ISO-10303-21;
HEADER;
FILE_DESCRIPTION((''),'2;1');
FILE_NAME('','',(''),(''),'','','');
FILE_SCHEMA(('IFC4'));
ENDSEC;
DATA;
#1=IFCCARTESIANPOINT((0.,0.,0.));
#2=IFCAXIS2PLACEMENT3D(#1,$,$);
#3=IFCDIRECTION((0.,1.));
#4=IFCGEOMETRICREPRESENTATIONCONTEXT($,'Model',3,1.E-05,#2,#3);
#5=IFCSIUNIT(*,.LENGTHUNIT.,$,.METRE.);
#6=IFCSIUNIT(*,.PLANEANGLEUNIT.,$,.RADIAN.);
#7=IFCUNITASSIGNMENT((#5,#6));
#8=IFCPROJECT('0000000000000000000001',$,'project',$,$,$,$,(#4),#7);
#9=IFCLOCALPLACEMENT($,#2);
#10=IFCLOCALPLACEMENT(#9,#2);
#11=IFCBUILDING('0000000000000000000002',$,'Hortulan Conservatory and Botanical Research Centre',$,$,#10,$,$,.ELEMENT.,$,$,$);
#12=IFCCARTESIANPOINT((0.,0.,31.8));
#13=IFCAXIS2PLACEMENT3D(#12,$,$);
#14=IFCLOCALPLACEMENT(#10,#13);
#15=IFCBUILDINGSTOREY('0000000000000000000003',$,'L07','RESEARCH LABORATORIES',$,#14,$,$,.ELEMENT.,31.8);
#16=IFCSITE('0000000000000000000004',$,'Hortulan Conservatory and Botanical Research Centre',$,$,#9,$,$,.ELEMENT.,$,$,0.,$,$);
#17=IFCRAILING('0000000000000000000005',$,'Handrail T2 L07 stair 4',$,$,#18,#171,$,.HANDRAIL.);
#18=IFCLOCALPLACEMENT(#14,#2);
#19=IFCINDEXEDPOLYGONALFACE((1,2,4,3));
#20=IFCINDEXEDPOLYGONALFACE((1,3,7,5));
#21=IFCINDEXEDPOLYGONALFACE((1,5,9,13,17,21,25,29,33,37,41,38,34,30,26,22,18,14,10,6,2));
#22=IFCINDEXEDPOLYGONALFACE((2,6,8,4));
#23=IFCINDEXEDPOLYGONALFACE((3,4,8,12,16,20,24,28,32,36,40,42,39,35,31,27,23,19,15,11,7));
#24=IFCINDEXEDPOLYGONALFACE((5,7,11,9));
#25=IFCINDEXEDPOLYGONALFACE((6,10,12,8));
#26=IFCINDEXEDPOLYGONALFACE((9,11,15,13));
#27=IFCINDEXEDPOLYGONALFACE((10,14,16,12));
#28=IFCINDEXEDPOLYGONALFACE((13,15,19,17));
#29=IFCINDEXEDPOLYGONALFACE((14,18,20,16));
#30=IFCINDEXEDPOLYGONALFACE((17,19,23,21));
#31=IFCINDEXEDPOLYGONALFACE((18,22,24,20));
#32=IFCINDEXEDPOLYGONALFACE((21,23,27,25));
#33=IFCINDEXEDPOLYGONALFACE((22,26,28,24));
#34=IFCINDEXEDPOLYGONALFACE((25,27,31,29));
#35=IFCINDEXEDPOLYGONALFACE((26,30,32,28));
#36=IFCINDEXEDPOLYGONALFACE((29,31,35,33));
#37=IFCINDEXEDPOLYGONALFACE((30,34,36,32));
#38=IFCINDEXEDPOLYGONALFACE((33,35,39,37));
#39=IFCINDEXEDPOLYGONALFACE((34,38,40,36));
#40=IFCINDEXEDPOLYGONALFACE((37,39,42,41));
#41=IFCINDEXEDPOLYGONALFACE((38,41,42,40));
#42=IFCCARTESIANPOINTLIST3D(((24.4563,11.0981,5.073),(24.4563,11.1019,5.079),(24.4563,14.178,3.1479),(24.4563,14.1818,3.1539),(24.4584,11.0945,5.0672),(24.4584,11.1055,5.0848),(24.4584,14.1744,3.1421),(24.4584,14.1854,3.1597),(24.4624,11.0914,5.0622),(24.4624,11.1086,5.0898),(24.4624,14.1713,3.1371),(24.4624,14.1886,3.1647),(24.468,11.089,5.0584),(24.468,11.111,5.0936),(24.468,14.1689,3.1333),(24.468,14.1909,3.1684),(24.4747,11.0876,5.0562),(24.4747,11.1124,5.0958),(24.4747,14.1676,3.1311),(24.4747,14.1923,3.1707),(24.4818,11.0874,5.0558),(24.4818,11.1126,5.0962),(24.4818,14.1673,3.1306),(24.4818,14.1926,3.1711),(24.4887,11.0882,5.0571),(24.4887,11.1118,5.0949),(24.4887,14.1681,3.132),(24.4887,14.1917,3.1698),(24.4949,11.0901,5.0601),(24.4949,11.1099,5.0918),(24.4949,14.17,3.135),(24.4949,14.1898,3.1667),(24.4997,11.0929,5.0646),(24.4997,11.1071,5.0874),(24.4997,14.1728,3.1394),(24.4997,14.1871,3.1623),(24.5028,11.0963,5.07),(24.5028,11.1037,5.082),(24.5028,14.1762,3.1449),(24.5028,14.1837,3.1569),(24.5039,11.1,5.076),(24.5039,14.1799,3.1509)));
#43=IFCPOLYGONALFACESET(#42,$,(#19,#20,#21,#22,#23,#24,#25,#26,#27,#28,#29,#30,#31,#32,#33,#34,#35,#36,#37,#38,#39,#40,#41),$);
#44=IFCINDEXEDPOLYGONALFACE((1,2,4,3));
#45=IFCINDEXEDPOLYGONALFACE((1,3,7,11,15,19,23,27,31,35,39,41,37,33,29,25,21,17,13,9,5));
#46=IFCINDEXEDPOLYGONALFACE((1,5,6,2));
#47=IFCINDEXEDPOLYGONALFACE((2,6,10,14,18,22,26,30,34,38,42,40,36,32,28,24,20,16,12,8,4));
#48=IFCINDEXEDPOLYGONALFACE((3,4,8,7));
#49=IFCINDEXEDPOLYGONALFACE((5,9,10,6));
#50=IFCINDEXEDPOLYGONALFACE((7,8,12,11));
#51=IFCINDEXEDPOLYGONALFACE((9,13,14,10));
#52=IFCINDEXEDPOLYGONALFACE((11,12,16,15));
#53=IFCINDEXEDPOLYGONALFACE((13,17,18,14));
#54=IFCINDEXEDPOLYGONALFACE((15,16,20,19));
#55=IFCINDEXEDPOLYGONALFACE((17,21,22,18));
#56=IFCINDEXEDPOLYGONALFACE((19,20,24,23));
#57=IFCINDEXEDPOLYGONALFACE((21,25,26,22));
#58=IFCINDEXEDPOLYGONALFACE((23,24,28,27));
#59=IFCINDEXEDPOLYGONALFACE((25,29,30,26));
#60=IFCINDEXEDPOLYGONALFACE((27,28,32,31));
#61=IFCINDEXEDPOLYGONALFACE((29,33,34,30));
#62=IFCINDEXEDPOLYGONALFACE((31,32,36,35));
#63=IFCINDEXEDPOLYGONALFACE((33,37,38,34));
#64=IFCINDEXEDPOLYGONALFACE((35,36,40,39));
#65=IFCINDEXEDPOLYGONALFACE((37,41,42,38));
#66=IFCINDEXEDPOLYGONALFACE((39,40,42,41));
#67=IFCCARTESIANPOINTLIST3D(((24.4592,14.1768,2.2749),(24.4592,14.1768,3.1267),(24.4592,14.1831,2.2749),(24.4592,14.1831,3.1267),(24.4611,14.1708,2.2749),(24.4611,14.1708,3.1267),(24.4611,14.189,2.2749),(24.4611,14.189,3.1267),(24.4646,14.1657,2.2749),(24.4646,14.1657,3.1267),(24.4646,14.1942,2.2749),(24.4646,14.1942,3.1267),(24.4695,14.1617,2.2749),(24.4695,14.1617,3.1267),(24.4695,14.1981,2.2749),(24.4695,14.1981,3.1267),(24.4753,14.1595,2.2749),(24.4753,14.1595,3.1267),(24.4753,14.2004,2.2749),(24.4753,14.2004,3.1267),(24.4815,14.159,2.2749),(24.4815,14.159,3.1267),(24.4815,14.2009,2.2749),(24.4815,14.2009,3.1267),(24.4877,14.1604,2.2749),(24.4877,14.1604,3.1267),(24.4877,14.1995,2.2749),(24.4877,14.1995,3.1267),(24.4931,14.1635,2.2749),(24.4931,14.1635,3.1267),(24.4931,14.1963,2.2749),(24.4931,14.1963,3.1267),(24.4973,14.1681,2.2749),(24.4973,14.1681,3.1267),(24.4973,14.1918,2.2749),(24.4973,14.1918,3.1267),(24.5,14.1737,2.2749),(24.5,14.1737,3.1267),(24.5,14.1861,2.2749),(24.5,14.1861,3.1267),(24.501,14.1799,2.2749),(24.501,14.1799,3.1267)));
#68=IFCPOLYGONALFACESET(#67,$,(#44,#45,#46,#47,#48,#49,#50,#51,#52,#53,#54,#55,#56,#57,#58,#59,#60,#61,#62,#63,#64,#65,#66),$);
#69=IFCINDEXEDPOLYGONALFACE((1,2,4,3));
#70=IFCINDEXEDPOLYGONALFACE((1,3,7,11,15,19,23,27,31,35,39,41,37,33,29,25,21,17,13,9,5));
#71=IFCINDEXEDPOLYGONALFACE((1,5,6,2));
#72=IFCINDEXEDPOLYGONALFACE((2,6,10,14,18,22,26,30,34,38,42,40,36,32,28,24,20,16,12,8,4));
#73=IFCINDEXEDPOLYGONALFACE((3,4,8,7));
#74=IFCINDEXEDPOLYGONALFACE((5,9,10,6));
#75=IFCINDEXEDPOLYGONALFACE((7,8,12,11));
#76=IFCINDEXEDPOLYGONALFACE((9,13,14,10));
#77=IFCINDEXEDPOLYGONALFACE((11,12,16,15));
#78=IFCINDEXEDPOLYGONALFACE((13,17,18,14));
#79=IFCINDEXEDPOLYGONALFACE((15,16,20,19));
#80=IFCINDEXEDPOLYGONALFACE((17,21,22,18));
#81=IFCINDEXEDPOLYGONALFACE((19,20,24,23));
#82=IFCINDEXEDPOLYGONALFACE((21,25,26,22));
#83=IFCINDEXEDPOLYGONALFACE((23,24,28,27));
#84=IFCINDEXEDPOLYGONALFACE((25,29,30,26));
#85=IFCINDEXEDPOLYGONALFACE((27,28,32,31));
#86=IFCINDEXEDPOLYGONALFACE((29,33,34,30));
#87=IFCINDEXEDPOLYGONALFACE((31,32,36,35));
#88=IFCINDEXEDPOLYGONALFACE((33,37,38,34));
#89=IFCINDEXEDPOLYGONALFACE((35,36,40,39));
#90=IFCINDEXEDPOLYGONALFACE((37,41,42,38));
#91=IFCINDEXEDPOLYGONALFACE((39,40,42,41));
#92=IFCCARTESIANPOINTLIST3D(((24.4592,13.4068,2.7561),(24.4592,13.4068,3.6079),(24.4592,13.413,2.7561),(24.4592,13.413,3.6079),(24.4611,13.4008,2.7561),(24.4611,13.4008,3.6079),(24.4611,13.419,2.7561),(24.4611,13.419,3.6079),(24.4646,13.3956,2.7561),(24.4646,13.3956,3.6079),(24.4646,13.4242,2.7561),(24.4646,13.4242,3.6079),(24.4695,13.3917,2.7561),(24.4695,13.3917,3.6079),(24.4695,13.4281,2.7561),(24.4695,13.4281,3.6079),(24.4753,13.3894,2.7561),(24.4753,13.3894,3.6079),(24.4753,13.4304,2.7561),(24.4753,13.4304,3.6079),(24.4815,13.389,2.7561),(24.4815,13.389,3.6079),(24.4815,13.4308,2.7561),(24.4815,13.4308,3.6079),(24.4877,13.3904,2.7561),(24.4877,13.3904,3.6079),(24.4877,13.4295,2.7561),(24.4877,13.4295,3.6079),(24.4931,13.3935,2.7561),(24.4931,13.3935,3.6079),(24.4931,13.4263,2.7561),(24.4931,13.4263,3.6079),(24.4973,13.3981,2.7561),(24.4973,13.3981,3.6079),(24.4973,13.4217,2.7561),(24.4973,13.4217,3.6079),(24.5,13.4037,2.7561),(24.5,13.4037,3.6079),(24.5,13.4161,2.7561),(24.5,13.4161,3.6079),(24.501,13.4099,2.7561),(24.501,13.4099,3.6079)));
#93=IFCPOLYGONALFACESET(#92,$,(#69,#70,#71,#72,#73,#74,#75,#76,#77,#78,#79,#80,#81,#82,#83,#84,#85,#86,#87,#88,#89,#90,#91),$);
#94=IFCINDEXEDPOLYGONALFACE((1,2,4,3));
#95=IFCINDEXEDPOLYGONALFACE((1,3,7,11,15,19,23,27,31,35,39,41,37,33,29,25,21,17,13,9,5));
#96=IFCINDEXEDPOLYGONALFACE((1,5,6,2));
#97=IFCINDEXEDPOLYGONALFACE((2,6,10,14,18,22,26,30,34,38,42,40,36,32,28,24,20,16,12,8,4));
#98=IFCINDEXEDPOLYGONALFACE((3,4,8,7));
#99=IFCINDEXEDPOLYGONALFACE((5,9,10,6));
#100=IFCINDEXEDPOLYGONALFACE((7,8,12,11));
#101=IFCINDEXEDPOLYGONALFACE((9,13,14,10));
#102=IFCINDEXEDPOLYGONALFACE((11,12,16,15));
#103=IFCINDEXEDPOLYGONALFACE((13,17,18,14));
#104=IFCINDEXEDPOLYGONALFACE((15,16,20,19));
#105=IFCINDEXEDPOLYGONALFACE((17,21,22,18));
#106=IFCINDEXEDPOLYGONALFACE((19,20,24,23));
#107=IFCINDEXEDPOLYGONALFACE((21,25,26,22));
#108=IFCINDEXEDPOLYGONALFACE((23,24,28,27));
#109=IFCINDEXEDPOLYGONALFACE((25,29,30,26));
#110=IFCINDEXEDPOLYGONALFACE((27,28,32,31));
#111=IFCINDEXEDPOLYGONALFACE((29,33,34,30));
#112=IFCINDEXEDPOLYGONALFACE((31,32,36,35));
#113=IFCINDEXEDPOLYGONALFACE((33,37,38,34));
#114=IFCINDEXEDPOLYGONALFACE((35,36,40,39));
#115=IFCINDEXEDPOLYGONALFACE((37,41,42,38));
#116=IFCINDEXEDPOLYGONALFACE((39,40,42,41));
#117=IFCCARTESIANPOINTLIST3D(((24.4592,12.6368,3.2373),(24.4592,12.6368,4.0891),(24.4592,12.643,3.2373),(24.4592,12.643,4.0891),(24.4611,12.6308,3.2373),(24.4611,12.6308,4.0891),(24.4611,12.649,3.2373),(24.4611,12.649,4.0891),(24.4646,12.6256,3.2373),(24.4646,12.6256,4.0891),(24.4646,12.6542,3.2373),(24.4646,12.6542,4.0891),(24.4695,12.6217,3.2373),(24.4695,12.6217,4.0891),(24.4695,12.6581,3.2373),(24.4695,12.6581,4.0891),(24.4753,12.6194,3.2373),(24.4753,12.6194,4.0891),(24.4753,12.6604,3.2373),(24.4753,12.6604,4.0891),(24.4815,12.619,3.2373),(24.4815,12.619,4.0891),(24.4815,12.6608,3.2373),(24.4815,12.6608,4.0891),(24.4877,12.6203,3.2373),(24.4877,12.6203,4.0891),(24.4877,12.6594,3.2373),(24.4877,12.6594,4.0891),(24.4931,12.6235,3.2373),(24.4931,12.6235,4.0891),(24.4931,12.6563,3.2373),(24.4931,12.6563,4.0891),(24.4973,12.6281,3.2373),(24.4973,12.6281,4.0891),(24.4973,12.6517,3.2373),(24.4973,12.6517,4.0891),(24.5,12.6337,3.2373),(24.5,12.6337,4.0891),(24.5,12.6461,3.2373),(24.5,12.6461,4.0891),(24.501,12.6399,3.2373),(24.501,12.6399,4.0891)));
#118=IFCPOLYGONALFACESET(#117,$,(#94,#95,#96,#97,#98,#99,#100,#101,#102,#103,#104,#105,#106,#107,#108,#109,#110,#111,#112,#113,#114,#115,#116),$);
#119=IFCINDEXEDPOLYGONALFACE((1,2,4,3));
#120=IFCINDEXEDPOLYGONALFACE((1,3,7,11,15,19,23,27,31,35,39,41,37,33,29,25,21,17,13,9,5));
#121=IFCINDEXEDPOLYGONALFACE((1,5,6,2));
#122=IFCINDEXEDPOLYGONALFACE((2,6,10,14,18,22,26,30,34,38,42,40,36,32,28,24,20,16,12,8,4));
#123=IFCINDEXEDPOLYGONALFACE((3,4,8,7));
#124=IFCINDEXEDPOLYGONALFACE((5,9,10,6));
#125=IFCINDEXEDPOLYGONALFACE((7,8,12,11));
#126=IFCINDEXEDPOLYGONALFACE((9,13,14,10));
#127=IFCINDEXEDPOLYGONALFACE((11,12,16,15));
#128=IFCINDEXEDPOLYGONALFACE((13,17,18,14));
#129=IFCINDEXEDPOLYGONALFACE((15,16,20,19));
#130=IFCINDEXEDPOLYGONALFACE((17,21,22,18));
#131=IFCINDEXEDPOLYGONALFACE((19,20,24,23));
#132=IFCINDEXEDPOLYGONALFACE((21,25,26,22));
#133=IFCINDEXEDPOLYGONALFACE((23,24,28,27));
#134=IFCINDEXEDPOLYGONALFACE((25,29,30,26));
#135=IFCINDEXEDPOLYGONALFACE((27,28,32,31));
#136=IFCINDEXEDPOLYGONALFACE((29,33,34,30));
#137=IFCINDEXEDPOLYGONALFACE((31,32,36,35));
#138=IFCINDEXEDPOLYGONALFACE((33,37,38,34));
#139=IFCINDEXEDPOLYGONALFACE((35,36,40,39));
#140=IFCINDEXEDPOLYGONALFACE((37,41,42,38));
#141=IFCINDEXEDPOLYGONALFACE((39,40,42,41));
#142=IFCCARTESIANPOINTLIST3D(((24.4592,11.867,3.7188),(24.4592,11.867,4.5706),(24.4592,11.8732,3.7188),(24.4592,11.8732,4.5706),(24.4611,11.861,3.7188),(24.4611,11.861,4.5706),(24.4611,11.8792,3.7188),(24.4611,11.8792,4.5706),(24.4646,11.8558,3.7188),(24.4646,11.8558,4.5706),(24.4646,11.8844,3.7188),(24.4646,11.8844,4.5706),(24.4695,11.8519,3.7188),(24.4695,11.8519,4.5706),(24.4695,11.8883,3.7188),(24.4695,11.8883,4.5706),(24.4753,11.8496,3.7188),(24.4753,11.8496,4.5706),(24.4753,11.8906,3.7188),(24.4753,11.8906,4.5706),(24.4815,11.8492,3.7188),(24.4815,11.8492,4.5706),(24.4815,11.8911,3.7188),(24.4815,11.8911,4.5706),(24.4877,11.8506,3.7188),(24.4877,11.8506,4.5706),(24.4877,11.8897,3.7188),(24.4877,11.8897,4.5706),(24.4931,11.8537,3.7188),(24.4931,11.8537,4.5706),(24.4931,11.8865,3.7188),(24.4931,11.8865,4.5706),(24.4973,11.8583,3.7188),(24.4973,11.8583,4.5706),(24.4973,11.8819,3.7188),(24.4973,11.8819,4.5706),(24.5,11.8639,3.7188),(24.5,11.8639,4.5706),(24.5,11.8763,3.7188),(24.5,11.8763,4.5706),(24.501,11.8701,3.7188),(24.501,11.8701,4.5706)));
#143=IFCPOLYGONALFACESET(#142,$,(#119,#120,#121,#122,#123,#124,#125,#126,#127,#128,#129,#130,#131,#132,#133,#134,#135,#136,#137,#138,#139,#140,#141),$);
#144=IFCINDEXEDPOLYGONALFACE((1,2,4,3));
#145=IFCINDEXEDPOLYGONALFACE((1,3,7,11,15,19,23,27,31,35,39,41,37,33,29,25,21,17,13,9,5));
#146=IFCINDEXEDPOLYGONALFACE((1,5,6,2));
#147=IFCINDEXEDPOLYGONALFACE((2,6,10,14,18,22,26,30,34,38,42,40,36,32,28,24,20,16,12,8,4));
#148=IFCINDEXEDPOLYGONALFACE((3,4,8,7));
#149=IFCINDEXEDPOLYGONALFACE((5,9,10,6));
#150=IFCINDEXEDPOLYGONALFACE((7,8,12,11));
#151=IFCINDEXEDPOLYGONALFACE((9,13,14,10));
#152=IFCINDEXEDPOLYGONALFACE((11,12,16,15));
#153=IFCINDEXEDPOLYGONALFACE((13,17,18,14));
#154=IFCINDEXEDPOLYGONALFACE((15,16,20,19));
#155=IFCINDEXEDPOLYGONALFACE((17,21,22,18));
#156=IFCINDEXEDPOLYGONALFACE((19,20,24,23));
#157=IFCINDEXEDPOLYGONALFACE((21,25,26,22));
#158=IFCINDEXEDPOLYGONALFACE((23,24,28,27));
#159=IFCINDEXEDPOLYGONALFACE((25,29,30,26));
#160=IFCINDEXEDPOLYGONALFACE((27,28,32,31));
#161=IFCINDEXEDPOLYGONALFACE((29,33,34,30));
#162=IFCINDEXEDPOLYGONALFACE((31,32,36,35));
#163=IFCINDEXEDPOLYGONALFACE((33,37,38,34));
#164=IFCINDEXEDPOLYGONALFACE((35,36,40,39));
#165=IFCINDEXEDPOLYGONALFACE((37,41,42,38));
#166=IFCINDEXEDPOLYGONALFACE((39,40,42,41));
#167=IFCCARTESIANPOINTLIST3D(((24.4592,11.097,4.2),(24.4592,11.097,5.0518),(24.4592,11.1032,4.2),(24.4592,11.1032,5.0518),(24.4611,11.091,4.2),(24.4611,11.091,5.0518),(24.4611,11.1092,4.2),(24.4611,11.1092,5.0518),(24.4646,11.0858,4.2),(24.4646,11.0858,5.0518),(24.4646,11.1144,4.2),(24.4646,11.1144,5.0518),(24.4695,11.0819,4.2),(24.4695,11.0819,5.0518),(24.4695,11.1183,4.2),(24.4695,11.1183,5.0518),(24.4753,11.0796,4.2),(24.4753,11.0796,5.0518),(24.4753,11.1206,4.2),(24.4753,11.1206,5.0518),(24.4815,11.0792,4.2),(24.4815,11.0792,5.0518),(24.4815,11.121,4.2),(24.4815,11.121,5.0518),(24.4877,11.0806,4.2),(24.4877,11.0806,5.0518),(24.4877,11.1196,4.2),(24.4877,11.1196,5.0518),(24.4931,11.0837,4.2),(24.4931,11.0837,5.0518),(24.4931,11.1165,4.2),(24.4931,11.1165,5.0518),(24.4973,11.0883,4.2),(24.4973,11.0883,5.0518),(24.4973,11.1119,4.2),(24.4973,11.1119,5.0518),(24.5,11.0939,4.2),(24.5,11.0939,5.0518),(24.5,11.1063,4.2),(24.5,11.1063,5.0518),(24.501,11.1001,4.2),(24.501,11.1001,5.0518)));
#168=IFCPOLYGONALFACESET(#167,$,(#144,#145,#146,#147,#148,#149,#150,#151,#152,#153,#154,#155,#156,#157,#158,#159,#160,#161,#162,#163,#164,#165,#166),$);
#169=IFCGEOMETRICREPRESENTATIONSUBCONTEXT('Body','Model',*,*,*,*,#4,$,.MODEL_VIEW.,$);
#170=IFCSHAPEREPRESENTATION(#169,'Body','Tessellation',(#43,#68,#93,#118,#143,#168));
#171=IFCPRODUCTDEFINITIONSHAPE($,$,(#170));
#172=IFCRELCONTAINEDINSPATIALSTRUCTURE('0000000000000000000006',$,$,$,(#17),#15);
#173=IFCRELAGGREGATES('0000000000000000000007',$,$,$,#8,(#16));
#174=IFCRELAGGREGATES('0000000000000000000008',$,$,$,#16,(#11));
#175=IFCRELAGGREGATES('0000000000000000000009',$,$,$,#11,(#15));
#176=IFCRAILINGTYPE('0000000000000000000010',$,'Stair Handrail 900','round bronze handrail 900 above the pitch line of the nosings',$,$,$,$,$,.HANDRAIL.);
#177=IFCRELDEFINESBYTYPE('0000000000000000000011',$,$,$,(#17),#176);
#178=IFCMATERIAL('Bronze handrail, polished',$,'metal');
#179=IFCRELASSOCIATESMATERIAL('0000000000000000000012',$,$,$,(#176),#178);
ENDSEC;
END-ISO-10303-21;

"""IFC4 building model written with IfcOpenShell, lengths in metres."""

from ifc_helpers import new_model, si_unit, direction, frame, origin, origin_2d, place, context, subcontext, project, spatial, circle, extrude, material, type_object, element, save


model = new_model("IFC4")

# Units and contexts
model_context = context("Model", 3, precision=1e-05, world=origin(), true_north=direction((0.0, 1.0)))
body_context = subcontext(model_context, "Body", "Model", "MODEL_VIEW")
ifc_project = project(units=[si_unit("LENGTHUNIT", "METRE"), si_unit("PLANEANGLEUNIT", "RADIAN")], contexts=[model_context])

# Site, building, storey
site_placement = place(None, origin())
site = spatial("IfcSite", under=ifc_project, at=site_placement, Name="Hortulan Conservatory and Botanical Research Centre", CompositionType="ELEMENT", RefElevation=0.0)
building_placement = place(site_placement, origin())
building = spatial("IfcBuilding", under=site, at=building_placement, Name="Hortulan Conservatory and Botanical Research Centre", CompositionType="ELEMENT")
storey_placement = place(building_placement, frame((0.0, 0.0, 31.8)))
storey = spatial("IfcBuildingStorey", under=building, at=storey_placement, Name="L07", Description="RESEARCH LABORATORIES", CompositionType="ELEMENT", Elevation=31.8)

# Railing
ifc_material_1 = material(Name="Bronze handrail, polished", Category="metal")
railing_type_1 = type_object("IfcRailingType", Name="Stair Handrail 900", Description="round bronze handrail 900 above the pitch line of the nosings", PredefinedType="HANDRAIL", material=ifc_material_1)
for number, where, name in (
    (1, (24.48, 14.1799, 2.2749), "Handrail T2 L07 stair 4"),
):
    element("IfcRailing", number, at=place(storey_placement, frame(where)), inside=storey, type_object=railing_type_1, Name=name, PredefinedType="HANDRAIL", context=body_context, shape_type="SweptSolid", body=[
        extrude(circle(Radius=0.0239, at=origin_2d()), frame((0.0, 0.0, 0.876), z_axis=(0.0, -0.847979, 0.530029), x_axis=(1.0, 0.0, 0.0)), (0.0, 0.0, 1.0), 3.6321),
        extrude(circle(Radius=0.021, at=origin_2d()), origin(), (0.0, 0.0, 1.0), 0.8518),
        extrude(circle(Radius=0.021, at=origin_2d()), frame((0.0, -0.77, 0.4812)), (0.0, 0.0, 1.0), 0.8518),
        extrude(circle(Radius=0.021, at=origin_2d()), frame((0.0, -1.54, 0.9624)), (0.0, 0.0, 1.0), 0.8518),
        extrude(circle(Radius=0.021, at=origin_2d()), frame((0.0, -2.3098, 1.4438)), (0.0, 0.0, 1.0), 0.8518),
        extrude(circle(Radius=0.021, at=origin_2d()), frame((0.0, -3.0798, 1.925)), (0.0, 0.0, 1.0), 0.8518),
    ])

save(model, "model.ifc")
